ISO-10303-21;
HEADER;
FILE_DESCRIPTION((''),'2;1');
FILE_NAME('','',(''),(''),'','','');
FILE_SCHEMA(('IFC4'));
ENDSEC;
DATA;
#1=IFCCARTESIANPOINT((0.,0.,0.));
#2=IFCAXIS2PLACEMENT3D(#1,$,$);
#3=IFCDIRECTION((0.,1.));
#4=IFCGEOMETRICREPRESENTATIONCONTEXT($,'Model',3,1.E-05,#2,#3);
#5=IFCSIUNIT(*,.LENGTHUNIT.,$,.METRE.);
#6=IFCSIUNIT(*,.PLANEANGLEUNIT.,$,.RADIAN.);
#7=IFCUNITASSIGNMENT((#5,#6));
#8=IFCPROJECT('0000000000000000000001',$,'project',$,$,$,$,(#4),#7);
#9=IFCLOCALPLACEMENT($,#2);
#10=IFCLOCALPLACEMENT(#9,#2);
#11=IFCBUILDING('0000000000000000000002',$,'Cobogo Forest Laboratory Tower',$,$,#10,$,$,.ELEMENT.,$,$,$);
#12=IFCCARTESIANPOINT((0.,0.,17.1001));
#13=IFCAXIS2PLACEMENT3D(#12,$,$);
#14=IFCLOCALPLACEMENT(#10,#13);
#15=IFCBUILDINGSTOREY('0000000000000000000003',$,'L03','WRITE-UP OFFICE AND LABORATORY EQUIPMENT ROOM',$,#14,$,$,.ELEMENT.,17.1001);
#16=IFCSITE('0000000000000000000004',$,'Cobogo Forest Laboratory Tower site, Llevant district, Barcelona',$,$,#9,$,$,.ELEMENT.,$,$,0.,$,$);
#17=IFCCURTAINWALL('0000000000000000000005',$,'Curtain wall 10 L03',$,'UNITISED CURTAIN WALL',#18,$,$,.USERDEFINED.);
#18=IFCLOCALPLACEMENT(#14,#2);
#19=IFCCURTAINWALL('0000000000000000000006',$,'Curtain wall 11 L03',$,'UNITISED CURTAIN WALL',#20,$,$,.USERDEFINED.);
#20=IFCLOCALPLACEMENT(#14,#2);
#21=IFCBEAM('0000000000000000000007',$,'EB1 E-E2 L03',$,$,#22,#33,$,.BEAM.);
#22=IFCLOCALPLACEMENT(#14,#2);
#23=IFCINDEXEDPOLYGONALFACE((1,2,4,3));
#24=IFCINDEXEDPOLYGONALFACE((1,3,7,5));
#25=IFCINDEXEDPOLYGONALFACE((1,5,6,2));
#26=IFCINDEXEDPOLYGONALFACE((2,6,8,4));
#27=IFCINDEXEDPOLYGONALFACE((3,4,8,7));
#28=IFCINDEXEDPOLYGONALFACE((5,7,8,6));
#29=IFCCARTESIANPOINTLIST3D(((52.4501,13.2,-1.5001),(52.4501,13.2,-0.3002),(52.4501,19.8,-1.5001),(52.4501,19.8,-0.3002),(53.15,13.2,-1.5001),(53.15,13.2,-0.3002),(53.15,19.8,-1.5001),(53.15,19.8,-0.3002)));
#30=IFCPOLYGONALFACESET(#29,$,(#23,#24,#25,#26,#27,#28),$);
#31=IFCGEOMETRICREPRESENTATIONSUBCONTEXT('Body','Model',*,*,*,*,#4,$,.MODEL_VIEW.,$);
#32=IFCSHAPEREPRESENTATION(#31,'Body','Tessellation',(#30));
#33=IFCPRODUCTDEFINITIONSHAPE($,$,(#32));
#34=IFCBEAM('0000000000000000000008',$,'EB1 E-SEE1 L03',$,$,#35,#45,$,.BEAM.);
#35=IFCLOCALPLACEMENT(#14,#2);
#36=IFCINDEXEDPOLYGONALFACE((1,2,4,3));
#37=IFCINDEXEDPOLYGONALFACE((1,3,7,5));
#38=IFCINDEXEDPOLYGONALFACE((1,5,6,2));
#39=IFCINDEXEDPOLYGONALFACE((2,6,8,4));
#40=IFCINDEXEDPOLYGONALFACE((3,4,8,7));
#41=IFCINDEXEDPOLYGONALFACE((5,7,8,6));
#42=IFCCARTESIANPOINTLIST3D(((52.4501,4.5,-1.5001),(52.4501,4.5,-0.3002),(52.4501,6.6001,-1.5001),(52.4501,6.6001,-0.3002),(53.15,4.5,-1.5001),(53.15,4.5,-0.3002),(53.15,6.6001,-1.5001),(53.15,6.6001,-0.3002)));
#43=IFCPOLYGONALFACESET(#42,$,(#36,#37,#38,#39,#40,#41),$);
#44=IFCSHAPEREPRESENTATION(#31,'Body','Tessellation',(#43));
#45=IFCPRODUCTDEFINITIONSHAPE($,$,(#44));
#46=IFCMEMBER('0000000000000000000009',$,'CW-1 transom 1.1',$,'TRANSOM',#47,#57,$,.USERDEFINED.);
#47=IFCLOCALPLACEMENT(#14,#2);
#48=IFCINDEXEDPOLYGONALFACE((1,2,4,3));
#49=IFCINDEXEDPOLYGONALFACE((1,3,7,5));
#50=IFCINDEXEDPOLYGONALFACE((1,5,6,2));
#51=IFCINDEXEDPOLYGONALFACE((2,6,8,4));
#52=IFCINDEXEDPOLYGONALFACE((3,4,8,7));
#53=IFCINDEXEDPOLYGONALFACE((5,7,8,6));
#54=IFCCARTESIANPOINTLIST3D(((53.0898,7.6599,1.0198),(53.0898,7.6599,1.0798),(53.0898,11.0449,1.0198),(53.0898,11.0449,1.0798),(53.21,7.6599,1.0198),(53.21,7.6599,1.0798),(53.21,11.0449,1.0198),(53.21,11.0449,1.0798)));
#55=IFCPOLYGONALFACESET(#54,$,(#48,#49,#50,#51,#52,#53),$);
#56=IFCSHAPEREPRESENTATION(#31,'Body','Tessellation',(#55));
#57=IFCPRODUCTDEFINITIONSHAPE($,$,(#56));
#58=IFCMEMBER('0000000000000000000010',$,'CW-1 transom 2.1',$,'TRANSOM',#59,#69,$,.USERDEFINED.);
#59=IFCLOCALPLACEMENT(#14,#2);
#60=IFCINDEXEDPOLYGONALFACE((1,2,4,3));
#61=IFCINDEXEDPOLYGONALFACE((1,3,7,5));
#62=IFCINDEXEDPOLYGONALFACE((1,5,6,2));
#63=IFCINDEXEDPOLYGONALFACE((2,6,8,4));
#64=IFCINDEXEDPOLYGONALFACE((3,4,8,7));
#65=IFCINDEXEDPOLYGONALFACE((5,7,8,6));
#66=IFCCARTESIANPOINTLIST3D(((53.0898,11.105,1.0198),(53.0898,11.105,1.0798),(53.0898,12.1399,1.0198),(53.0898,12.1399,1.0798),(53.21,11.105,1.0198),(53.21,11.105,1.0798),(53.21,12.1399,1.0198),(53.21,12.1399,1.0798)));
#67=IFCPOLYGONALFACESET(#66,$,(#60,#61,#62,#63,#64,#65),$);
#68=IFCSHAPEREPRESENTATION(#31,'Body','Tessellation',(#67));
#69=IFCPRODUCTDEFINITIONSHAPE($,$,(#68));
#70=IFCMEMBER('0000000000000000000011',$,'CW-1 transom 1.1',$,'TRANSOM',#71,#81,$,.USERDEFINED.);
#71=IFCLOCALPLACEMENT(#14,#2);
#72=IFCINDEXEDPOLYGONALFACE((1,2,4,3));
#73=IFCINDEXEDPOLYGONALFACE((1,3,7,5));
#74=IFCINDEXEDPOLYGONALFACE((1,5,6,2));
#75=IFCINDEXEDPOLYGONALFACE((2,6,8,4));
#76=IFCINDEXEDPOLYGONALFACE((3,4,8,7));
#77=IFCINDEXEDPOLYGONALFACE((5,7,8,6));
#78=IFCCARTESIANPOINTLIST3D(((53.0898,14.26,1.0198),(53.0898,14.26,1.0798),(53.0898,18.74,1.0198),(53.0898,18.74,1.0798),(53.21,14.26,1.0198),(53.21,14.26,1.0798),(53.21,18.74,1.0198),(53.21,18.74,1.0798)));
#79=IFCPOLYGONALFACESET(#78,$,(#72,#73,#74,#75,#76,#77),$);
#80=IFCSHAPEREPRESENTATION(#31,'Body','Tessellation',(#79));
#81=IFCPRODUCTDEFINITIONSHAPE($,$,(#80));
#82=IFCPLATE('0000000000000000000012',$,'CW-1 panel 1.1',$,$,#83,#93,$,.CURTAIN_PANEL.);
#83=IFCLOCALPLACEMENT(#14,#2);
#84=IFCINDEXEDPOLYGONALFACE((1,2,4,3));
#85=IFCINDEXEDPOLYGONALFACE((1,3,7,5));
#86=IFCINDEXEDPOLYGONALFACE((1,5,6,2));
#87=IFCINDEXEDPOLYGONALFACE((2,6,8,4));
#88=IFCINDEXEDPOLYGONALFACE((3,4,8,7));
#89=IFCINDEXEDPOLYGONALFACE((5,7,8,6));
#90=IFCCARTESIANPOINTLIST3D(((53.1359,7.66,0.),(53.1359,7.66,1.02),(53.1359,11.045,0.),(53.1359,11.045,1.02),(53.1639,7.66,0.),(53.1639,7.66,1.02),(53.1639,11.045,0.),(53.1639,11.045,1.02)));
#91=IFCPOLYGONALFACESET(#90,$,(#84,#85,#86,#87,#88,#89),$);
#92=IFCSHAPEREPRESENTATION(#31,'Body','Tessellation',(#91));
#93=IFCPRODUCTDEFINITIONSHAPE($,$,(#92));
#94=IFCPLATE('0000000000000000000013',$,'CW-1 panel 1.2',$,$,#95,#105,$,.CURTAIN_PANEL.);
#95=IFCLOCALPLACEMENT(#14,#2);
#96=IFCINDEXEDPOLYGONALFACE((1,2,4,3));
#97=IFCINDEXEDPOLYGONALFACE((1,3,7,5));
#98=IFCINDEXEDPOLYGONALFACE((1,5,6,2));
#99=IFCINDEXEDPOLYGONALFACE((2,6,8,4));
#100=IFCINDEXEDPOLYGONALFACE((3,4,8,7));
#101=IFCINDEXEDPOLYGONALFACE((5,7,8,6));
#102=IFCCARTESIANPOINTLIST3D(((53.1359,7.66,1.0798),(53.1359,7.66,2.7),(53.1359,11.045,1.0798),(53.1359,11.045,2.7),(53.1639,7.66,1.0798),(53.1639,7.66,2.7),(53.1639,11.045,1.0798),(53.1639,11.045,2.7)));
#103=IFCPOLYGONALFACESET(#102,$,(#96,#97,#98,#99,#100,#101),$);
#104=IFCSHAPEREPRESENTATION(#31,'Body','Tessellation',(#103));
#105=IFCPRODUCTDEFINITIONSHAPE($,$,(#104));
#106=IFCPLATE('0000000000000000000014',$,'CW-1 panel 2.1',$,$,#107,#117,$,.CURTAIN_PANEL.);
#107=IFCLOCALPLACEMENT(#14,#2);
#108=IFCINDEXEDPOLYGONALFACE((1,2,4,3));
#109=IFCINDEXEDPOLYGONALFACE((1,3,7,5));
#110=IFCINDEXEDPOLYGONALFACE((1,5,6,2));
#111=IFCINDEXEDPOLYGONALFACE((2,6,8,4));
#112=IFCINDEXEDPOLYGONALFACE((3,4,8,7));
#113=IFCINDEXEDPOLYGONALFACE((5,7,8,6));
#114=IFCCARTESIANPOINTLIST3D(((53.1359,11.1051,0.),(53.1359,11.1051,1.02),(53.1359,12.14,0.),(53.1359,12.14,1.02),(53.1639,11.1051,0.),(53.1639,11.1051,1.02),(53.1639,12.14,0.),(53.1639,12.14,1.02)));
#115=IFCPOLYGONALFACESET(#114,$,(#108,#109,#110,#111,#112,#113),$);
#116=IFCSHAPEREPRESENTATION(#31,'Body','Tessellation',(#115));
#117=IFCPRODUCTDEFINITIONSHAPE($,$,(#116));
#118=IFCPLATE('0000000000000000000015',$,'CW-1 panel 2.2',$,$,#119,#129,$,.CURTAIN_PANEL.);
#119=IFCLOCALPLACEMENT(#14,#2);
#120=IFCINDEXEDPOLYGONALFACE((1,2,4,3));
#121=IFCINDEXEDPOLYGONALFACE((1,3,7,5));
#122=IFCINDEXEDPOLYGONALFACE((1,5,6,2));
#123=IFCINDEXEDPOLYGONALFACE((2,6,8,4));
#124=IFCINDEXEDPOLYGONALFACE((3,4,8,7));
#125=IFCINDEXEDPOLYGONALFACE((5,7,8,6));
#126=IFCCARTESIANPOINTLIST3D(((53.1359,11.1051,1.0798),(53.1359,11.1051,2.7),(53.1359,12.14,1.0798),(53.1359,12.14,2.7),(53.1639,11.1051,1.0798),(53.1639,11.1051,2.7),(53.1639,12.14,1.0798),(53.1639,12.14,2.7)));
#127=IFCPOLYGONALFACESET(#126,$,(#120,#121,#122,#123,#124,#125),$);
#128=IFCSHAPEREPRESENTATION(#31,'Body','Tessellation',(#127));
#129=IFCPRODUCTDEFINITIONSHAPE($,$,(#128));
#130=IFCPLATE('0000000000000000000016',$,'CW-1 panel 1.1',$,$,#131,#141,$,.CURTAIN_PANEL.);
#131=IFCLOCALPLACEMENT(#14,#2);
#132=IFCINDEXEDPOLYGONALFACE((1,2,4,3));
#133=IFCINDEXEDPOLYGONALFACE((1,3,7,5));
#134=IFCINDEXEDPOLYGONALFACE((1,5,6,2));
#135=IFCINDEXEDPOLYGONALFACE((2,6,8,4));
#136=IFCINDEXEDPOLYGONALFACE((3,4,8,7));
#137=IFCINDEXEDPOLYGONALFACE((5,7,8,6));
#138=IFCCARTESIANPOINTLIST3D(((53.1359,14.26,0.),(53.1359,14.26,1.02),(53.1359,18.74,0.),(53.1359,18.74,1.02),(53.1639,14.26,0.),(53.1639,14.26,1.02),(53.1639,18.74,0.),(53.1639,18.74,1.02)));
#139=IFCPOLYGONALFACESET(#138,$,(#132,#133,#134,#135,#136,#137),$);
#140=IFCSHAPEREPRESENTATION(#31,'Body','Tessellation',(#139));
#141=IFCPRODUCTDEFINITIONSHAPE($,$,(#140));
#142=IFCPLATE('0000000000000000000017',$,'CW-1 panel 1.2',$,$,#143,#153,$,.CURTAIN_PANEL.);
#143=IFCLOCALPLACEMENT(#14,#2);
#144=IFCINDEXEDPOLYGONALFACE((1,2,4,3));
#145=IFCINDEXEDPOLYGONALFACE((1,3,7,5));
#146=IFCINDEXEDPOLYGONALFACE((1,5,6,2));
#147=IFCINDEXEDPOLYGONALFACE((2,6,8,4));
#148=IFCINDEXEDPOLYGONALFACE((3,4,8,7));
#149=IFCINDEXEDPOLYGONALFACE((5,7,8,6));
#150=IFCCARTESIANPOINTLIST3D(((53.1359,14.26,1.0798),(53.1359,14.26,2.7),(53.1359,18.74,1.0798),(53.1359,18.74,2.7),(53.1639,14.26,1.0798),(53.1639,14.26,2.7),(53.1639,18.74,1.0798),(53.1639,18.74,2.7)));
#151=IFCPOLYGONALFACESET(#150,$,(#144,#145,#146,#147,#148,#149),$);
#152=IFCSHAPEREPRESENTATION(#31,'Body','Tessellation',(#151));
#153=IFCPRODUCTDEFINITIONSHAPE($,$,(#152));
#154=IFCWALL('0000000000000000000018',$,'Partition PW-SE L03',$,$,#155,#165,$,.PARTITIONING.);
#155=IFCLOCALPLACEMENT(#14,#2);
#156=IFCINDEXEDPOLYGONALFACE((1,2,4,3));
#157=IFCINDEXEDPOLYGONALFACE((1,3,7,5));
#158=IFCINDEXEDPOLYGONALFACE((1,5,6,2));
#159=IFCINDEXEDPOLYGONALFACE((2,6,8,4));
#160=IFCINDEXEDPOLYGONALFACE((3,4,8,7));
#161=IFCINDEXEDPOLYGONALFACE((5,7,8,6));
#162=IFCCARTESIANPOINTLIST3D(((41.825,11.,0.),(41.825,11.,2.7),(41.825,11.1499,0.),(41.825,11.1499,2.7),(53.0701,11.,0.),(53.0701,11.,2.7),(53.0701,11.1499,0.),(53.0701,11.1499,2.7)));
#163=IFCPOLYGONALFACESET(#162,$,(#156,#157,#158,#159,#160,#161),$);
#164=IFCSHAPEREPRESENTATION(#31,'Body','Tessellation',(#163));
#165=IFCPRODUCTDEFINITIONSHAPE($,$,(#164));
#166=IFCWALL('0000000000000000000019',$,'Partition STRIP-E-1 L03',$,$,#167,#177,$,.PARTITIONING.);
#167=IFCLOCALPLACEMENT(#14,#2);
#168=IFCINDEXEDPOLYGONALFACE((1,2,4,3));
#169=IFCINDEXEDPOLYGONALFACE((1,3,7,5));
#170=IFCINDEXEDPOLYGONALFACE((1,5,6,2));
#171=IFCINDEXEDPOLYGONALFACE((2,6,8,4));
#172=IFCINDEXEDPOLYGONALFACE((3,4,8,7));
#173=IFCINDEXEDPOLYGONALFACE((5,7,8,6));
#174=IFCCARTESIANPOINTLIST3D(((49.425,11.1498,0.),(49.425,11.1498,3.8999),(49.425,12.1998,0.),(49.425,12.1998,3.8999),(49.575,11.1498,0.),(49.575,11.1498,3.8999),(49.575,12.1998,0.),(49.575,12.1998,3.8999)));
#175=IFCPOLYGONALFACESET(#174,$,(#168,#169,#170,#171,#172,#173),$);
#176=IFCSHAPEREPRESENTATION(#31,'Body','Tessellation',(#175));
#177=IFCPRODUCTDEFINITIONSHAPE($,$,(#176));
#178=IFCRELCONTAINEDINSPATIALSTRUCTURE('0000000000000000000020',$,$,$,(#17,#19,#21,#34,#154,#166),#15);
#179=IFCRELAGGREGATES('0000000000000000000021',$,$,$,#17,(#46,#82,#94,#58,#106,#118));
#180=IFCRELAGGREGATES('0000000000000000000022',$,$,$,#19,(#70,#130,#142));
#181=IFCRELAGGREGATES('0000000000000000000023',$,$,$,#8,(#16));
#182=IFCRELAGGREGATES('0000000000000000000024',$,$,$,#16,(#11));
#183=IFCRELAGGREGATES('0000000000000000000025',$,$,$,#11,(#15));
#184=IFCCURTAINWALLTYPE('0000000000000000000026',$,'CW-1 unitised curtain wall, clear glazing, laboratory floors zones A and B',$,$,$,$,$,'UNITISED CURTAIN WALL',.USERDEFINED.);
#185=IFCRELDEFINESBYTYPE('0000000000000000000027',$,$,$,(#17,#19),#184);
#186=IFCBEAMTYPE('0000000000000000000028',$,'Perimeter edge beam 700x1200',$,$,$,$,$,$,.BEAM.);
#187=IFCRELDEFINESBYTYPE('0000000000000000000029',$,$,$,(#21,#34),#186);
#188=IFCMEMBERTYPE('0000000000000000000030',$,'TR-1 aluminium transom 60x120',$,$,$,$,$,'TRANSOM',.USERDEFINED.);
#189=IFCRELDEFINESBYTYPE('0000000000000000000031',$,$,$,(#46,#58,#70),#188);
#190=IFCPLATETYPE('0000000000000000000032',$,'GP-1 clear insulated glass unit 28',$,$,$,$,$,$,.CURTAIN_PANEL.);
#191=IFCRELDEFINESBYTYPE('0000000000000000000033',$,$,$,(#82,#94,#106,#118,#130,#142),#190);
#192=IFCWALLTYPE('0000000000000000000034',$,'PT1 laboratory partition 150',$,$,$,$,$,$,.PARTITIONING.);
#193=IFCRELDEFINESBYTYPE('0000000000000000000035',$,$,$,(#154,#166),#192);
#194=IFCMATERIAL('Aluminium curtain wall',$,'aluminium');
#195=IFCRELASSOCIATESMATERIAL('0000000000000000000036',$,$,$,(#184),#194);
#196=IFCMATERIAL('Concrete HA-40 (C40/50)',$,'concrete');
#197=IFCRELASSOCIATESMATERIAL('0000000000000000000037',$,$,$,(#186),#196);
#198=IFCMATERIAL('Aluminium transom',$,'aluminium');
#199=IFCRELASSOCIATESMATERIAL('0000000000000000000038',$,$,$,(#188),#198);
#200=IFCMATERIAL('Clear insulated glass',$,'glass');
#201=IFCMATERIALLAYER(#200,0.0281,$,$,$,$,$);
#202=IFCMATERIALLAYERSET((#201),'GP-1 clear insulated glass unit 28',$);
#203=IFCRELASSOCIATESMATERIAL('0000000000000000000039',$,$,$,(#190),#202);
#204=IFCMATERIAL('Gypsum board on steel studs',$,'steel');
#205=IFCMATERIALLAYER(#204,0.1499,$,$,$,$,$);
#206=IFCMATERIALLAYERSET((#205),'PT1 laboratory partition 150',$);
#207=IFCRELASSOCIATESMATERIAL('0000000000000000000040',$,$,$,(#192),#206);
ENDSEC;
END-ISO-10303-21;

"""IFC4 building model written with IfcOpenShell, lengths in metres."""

from ifc_helpers import new_model, si_unit, direction, frame, frame_2d, origin, origin_2d, place, context, subcontext, project, spatial, rectangle, extrude, material, layer, layer_set, material_profile, profile_set, type_object, element, aggregate, save


model = new_model("IFC4")

# Units and contexts
model_context = context("Model", 3, precision=1e-05, world=origin(), true_north=direction((0.0, 1.0)))
body_context = subcontext(model_context, "Body", "Model", "MODEL_VIEW")
ifc_project = project(units=[si_unit("LENGTHUNIT", "METRE"), si_unit("PLANEANGLEUNIT", "RADIAN")], contexts=[model_context])

# Site, building, storey
site_placement = place(None, origin())
site = spatial("IfcSite", under=ifc_project, at=site_placement, Name="Cobogo Forest Laboratory Tower site, Llevant district, Barcelona", CompositionType="ELEMENT", RefElevation=0.0)
building_placement = place(site_placement, origin())
building = spatial("IfcBuilding", under=site, at=building_placement, Name="Cobogo Forest Laboratory Tower", CompositionType="ELEMENT")
storey_placement = place(building_placement, frame((0.0, 0.0, 17.1001)))
storey = spatial("IfcBuildingStorey", under=building, at=storey_placement, Name="L03", Description="WRITE-UP OFFICE AND LABORATORY EQUIPMENT ROOM", CompositionType="ELEMENT", Elevation=17.1001)

# Shared definitions
ifc_material_1 = material(Name="Concrete HA-40 (C40/50)", Category="concrete")

# Curtain walls
ifc_material_2 = material(Name="Aluminium curtain wall", Category="aluminium")
curtain_wall_type = type_object("IfcCurtainWallType", Name="CW-1 unitised curtain wall, clear glazing, laboratory floors zones A and B", ElementType="UNITISED CURTAIN WALL", PredefinedType="USERDEFINED", material=ifc_material_2)
curtain_wall_1_placement = place(storey_placement, origin())
curtain_wall_1 = element("IfcCurtainWall", 1, at=curtain_wall_1_placement, inside=storey, type_object=curtain_wall_type, Name="Curtain wall 10 L03", ObjectType="UNITISED CURTAIN WALL", PredefinedType="USERDEFINED")
curtain_wall_2_placement = place(storey_placement, origin())
curtain_wall_2 = element("IfcCurtainWall", 2, at=curtain_wall_2_placement, inside=storey, type_object=curtain_wall_type, Name="Curtain wall 11 L03", ObjectType="UNITISED CURTAIN WALL", PredefinedType="USERDEFINED")

# Beams
ifc_material_profile_1 = material_profile(ifc_material_1, rectangle(XDim=0.7, YDim=1.2, at=origin_2d()), Name="RC 700x1200")
ifc_profile_set_1 = profile_set([ifc_material_profile_1], Name="Concrete HA-40 (C40/50)")
beam_type_1 = type_object("IfcBeamType", Name="Perimeter edge beam 700x1200", PredefinedType="BEAM", material=ifc_profile_set_1)
beam_1_placement = place(storey_placement, frame((52.8, 13.2, -0.9001), z_axis=(0.0, 1.0, 0.0), x_axis=(-1.0, 0.0, 0.0)))
element("IfcBeam", 3, at=beam_1_placement, inside=storey, type_object=beam_type_1, Name="EB1 E-E2 L03", PredefinedType="BEAM", context=body_context, shape_type="SweptSolid", body=[
    extrude(rectangle(XDim=0.7, YDim=1.2, at=origin_2d()), origin(), (0.0, 0.0, 1.0), 6.6001),
])
beam_2_placement = place(storey_placement, frame((52.8, 6.6001, -0.9001), z_axis=(0.0, -1.0, 0.0), x_axis=(1.0, 0.0, 0.0)))
element("IfcBeam", 4, at=beam_2_placement, inside=storey, type_object=beam_type_1, Name="EB1 E-SEE1 L03", PredefinedType="BEAM", context=body_context, shape_type="SweptSolid", body=[
    extrude(rectangle(XDim=0.7, YDim=1.2, at=origin_2d()), origin(), (0.0, 0.0, 1.0), 2.1001),
])

# Members
ifc_material_3 = material(Name="Aluminium transom", Category="aluminium")
ifc_material_profile_2 = material_profile(ifc_material_3, rectangle(XDim=0.1201, YDim=0.0601, at=origin_2d()), Name="AL 60x120")
ifc_profile_set_2 = profile_set([ifc_material_profile_2], Name="Aluminium transom")
member_type_1 = type_object("IfcMemberType", Name="TR-1 aluminium transom 60x120", ElementType="TRANSOM", PredefinedType="USERDEFINED", material=ifc_profile_set_2)
member_1_placement = place(storey_placement, frame((53.1499, 7.6599, 1.0498), z_axis=(0.0, 1.0, 0.0), x_axis=(-1.0, 0.0, 0.0)))
member_1 = element("IfcMember", 5, at=member_1_placement, type_object=member_type_1, Name="CW-1 transom 1.1", ObjectType="TRANSOM", PredefinedType="USERDEFINED", context=body_context, shape_type="SweptSolid", body=[
    extrude(rectangle(XDim=0.1201, YDim=0.0601, at=origin_2d()), origin(), (0.0, 0.0, 1.0), 3.385),
])
member_2_placement = place(storey_placement, frame((53.1499, 11.105, 1.0498), z_axis=(0.0, 1.0, 0.0), x_axis=(-1.0, 0.0, 0.0)))
member_2 = element("IfcMember", 6, at=member_2_placement, type_object=member_type_1, Name="CW-1 transom 2.1", ObjectType="TRANSOM", PredefinedType="USERDEFINED", context=body_context, shape_type="SweptSolid", body=[
    extrude(rectangle(XDim=0.1201, YDim=0.0601, at=origin_2d()), origin(), (0.0, 0.0, 1.0), 1.0349),
])
member_3_placement = place(storey_placement, frame((53.1499, 14.26, 1.0498), z_axis=(0.0, 1.0, 0.0), x_axis=(-1.0, 0.0, 0.0)))
member_3 = element("IfcMember", 7, at=member_3_placement, type_object=member_type_1, Name="CW-1 transom 1.1", ObjectType="TRANSOM", PredefinedType="USERDEFINED", context=body_context, shape_type="SweptSolid", body=[
    extrude(rectangle(XDim=0.1201, YDim=0.0601, at=origin_2d()), origin(), (0.0, 0.0, 1.0), 4.48),
])

# Plates
ifc_material_4 = material(Name="Clear insulated glass", Category="glass")
ifc_layer_1 = layer(ifc_material_4, 0.0281)
ifc_layer_set_1 = layer_set([ifc_layer_1], Name="GP-1 clear insulated glass unit 28")
plate_type_1 = type_object("IfcPlateType", Name="GP-1 clear insulated glass unit 28", PredefinedType="CURTAIN_PANEL", material=ifc_layer_set_1)
plate_1_placement = place(storey_placement, frame((53.1499, 9.3525, 0.0), z_axis=(0.0, 0.0, 1.0), x_axis=(0.0, 1.0, 0.0)))
plate_1 = element("IfcPlate", 8, at=plate_1_placement, type_object=plate_type_1, Name="CW-1 panel 1.1", PredefinedType="CURTAIN_PANEL", context=body_context, shape_type="SweptSolid", body=[
    extrude(rectangle(XDim=3.385, YDim=0.0281, at=origin_2d()), origin(), (0.0, 0.0, 1.0), 1.02),
])
plate_2_placement = place(storey_placement, frame((53.1499, 9.3525, 1.0798), z_axis=(0.0, 0.0, 1.0), x_axis=(0.0, 1.0, 0.0)))
plate_2 = element("IfcPlate", 9, at=plate_2_placement, type_object=plate_type_1, Name="CW-1 panel 1.2", PredefinedType="CURTAIN_PANEL", context=body_context, shape_type="SweptSolid", body=[
    extrude(rectangle(XDim=3.385, YDim=0.0281, at=origin_2d()), origin(), (0.0, 0.0, 1.0), 1.6201),
])
plate_3_placement = place(storey_placement, frame((53.1499, 11.6226, 0.0), z_axis=(0.0, 0.0, 1.0), x_axis=(0.0, 1.0, 0.0)))
plate_3 = element("IfcPlate", 10, at=plate_3_placement, type_object=plate_type_1, Name="CW-1 panel 2.1", PredefinedType="CURTAIN_PANEL", context=body_context, shape_type="SweptSolid", body=[
    extrude(rectangle(XDim=1.0349, YDim=0.0281, at=origin_2d()), origin(), (0.0, 0.0, 1.0), 1.02),
])
plate_4_placement = place(storey_placement, frame((53.1499, 11.6226, 1.0798), z_axis=(0.0, 0.0, 1.0), x_axis=(0.0, 1.0, 0.0)))
plate_4 = element("IfcPlate", 11, at=plate_4_placement, type_object=plate_type_1, Name="CW-1 panel 2.2", PredefinedType="CURTAIN_PANEL", context=body_context, shape_type="SweptSolid", body=[
    extrude(rectangle(XDim=1.0349, YDim=0.0281, at=origin_2d()), origin(), (0.0, 0.0, 1.0), 1.6201),
])
aggregate(curtain_wall_1, [member_1, plate_1, plate_2, member_2, plate_3, plate_4])
plate_5_placement = place(storey_placement, frame((53.1499, 16.5, 0.0), z_axis=(0.0, 0.0, 1.0), x_axis=(0.0, 1.0, 0.0)))
plate_5 = element("IfcPlate", 12, at=plate_5_placement, type_object=plate_type_1, Name="CW-1 panel 1.1", PredefinedType="CURTAIN_PANEL", context=body_context, shape_type="SweptSolid", body=[
    extrude(rectangle(XDim=4.48, YDim=0.0281, at=origin_2d()), origin(), (0.0, 0.0, 1.0), 1.02),
])
plate_6_placement = place(storey_placement, frame((53.1499, 16.5, 1.0798), z_axis=(0.0, 0.0, 1.0), x_axis=(0.0, 1.0, 0.0)))
plate_6 = element("IfcPlate", 13, at=plate_6_placement, type_object=plate_type_1, Name="CW-1 panel 1.2", PredefinedType="CURTAIN_PANEL", context=body_context, shape_type="SweptSolid", body=[
    extrude(rectangle(XDim=4.48, YDim=0.0281, at=origin_2d()), origin(), (0.0, 0.0, 1.0), 1.6201),
])
aggregate(curtain_wall_2, [member_3, plate_5, plate_6])

# Walls
ifc_material_5 = material(Name="Gypsum board on steel studs", Category="steel")
ifc_layer_2 = layer(ifc_material_5, 0.1499)
ifc_layer_set_2 = layer_set([ifc_layer_2], Name="PT1 laboratory partition 150")
wall_type = type_object("IfcWallType", Name="PT1 laboratory partition 150", PredefinedType="PARTITIONING", material=ifc_layer_set_2)
wall_1_placement = place(storey_placement, frame((53.0701, 11.075, 0.0), z_axis=(0.0, 0.0, 1.0), x_axis=(-1.0, 0.0, 0.0)))
element("IfcWall", 14, at=wall_1_placement, inside=storey, type_object=wall_type, Name="Partition PW-SE L03", PredefinedType="PARTITIONING", context=body_context, shape_type="SweptSolid", body=[
    extrude(rectangle(XDim=11.2451, YDim=0.1499, at=frame_2d((5.6226, 0.0))), origin(), (0.0, 0.0, 1.0), 2.7),
])
wall_2_placement = place(storey_placement, frame((49.5, 11.1499, 0.0), z_axis=(0.0, 0.0, 1.0), x_axis=(0.0, 1.0, 0.0)))
element("IfcWall", 15, at=wall_2_placement, inside=storey, type_object=wall_type, Name="Partition STRIP-E-1 L03", PredefinedType="PARTITIONING", context=body_context, shape_type="SweptSolid", body=[
    extrude(rectangle(XDim=1.05, YDim=0.1499, at=frame_2d((0.5249, 0.0))), origin(), (0.0, 0.0, 1.0), 3.8999),
])

save(model, "model.ifc")
